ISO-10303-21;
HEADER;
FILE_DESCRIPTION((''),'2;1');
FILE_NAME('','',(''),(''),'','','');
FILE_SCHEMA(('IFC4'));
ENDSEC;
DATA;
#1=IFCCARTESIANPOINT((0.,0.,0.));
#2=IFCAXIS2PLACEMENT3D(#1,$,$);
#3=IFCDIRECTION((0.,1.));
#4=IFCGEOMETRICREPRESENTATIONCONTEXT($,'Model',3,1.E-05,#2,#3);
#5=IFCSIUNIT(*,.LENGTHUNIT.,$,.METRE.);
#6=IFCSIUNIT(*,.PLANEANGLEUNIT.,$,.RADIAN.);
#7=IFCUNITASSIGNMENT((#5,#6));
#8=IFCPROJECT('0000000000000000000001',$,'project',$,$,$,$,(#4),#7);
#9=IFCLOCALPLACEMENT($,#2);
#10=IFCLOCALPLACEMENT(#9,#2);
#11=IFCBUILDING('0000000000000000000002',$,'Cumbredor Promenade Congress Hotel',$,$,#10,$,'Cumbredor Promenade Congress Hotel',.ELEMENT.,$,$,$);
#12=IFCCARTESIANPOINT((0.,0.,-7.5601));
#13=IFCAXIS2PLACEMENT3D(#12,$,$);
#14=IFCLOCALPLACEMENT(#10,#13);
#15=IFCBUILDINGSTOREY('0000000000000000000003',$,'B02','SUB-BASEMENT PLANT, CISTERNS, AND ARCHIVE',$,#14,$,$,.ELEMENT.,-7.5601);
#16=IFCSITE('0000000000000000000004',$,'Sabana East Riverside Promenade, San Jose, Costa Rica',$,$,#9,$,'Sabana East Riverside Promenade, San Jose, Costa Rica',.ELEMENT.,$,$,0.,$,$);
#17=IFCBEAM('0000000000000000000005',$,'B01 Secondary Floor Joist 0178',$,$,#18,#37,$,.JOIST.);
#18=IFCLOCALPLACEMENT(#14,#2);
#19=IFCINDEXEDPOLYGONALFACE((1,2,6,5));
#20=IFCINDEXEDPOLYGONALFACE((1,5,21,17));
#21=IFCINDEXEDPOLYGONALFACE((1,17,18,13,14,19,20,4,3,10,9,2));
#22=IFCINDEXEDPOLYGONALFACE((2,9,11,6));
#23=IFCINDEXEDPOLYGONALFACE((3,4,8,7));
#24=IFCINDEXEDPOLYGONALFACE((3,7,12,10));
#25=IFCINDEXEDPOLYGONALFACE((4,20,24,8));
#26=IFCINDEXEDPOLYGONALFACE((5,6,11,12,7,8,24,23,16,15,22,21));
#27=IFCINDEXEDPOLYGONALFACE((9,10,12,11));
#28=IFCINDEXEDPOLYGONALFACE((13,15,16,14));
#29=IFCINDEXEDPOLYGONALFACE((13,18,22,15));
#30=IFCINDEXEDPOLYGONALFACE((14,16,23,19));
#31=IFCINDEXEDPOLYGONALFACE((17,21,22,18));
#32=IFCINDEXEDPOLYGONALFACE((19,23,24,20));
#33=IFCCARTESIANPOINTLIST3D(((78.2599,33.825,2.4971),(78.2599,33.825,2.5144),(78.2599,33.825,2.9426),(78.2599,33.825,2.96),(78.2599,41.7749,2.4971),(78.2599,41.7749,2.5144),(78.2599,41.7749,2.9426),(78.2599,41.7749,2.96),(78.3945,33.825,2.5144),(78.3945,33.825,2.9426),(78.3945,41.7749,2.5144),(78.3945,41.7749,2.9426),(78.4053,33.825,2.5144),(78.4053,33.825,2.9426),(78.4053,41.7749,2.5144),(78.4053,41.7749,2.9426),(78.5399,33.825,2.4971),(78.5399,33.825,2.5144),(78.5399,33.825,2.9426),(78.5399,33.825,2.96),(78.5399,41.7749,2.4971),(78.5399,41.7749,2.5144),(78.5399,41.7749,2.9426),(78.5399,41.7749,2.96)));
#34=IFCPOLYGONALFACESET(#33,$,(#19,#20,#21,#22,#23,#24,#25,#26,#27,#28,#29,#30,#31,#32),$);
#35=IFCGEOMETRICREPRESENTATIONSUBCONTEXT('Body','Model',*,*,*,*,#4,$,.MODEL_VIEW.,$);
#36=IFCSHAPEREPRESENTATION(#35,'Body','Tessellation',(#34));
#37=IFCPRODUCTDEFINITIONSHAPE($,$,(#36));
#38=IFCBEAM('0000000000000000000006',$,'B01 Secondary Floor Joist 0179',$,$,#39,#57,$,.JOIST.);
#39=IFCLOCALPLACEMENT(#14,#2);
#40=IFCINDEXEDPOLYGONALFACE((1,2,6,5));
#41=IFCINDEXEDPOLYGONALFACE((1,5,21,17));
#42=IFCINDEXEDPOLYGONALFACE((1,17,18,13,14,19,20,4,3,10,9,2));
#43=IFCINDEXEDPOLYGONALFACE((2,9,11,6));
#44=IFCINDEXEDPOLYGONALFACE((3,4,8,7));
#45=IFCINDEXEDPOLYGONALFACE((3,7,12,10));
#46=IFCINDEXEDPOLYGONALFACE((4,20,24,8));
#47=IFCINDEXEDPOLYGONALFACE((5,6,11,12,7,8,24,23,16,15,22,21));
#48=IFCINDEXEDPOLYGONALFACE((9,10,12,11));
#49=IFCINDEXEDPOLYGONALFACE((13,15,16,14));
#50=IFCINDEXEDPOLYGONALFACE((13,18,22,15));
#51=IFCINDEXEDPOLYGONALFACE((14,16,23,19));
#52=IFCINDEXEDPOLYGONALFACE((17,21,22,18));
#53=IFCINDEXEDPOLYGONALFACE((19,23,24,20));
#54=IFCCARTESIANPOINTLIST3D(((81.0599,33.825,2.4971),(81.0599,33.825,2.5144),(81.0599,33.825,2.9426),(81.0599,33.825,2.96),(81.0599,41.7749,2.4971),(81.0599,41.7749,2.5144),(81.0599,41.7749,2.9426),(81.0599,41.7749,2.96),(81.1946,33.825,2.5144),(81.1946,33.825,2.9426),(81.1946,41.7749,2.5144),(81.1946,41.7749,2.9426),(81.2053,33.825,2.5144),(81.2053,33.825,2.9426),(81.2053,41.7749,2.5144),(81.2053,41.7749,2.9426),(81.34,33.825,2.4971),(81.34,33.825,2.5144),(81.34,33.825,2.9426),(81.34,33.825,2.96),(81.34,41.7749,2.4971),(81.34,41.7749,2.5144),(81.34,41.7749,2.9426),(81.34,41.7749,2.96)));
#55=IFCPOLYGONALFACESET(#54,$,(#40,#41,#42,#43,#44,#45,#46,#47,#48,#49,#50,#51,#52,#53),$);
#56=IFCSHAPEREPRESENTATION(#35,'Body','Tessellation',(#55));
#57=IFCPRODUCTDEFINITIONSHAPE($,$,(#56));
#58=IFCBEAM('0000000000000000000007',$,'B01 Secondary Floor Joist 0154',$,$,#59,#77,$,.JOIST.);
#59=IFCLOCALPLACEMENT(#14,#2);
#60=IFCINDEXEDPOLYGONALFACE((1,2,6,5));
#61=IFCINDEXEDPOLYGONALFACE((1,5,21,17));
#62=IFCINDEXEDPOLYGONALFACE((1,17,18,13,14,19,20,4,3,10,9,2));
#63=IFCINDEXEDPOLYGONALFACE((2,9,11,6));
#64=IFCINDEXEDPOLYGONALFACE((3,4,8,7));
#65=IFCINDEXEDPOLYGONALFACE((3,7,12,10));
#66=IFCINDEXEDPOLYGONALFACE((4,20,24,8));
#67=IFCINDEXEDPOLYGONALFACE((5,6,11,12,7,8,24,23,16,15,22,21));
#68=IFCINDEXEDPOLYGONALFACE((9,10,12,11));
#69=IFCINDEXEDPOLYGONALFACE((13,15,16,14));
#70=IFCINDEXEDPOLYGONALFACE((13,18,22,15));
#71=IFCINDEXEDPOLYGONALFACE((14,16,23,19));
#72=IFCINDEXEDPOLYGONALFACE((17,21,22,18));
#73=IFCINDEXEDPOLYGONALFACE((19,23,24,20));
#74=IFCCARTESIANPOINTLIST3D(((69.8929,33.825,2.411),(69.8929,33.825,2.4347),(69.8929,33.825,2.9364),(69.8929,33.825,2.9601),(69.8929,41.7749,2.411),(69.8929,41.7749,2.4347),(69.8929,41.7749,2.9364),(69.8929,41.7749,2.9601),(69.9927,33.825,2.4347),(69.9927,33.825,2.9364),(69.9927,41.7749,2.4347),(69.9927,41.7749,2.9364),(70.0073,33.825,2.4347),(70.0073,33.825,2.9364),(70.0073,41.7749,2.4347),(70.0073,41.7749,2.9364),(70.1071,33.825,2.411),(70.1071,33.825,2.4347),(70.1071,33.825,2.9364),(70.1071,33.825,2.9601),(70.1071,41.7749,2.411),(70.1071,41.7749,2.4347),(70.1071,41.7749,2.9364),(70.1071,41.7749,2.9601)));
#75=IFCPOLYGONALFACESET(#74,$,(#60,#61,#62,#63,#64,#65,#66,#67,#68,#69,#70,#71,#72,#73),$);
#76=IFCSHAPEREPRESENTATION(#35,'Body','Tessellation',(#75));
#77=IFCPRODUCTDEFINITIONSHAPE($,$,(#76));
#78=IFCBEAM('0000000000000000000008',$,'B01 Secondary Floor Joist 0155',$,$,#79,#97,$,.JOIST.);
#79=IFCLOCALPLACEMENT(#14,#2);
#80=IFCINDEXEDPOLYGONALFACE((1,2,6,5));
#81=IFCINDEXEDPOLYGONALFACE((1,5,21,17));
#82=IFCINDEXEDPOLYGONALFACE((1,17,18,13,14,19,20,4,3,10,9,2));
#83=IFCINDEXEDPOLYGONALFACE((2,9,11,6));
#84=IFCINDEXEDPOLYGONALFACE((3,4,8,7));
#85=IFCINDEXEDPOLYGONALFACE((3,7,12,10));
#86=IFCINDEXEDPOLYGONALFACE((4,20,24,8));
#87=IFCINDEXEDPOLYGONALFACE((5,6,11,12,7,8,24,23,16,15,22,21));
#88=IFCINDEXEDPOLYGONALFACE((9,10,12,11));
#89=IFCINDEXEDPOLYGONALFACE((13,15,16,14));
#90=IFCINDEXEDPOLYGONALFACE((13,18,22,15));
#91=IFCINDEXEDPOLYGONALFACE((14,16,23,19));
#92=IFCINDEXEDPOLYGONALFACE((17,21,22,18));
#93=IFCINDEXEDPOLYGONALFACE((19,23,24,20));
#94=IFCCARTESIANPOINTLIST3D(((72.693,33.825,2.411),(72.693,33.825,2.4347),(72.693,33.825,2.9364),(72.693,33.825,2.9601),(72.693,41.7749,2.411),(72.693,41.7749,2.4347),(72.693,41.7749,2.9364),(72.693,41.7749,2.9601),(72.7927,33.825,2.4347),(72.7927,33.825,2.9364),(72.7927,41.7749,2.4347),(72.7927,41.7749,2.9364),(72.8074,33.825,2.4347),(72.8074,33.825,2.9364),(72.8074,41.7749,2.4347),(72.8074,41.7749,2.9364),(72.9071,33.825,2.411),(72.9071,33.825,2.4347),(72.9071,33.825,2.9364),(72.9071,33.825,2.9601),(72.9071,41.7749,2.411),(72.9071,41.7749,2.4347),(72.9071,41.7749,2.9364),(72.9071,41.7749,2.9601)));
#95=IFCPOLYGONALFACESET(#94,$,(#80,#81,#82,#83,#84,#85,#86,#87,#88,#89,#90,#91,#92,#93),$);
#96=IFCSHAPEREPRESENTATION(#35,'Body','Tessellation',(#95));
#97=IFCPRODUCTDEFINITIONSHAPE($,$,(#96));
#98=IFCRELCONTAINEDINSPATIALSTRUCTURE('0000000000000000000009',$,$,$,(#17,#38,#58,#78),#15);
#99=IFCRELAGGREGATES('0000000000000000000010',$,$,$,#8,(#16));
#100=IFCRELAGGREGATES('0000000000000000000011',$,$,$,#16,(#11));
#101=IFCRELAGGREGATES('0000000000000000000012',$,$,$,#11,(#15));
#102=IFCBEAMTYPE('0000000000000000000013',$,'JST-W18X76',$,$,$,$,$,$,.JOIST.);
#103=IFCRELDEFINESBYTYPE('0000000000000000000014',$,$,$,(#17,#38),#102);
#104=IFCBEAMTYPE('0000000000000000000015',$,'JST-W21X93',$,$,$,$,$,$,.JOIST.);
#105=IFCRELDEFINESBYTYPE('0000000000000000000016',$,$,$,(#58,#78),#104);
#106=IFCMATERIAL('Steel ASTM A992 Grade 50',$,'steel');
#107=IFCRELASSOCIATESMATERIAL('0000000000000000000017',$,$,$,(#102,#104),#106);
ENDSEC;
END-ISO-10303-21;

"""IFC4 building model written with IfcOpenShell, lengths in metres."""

from ifc_helpers import new_model, si_unit, direction, frame, origin, origin_2d, place, context, subcontext, project, spatial, i_section, extrude, material, material_profile, profile_set, type_object, element, save


model = new_model("IFC4")

# Units and contexts
model_context = context("Model", 3, precision=1e-05, world=origin(), true_north=direction((0.0, 1.0)))
body_context = subcontext(model_context, "Body", "Model", "MODEL_VIEW")
ifc_project = project(units=[si_unit("LENGTHUNIT", "METRE"), si_unit("PLANEANGLEUNIT", "RADIAN")], contexts=[model_context])

# Site, building, storey
site_placement = place(None, origin())
site = spatial("IfcSite", under=ifc_project, at=site_placement, Name="Sabana East Riverside Promenade, San Jose, Costa Rica", LongName="Sabana East Riverside Promenade, San Jose, Costa Rica", CompositionType="ELEMENT", RefElevation=0.0)
building_placement = place(site_placement, origin())
building = spatial("IfcBuilding", under=site, at=building_placement, Name="Cumbredor Promenade Congress Hotel", LongName="Cumbredor Promenade Congress Hotel", CompositionType="ELEMENT")
storey_placement = place(building_placement, frame((0.0, 0.0, -7.5601)))
storey = spatial("IfcBuildingStorey", under=building, at=storey_placement, Name="B02", Description="SUB-BASEMENT PLANT, CISTERNS, AND ARCHIVE", CompositionType="ELEMENT", Elevation=-7.5601)

# Beams
ifc_material_1 = material(Name="Steel ASTM A992 Grade 50", Category="steel")
ifc_material_profile_1 = material_profile(ifc_material_1, i_section(OverallWidth=0.28, OverallDepth=0.4629, WebThickness=0.0107, FlangeThickness=0.0173, at=origin_2d()), Name="W18X76")
ifc_profile_set_1 = profile_set([ifc_material_profile_1], Name="Steel ASTM A992 Grade 50")
beam_type_1 = type_object("IfcBeamType", Name="JST-W18X76", PredefinedType="JOIST", material=ifc_profile_set_1)
for number, where, z_axis, x_axis, name in (
    (1, (78.3999, 33.825, 2.7285), (0.0, 1.0, 0.0), (-1.0, 0.0, 0.0), "B01 Secondary Floor Joist 0178"),
    (2, (81.2, 33.825, 2.7285), (0.0, 1.0, 0.0), (-1.0, 0.0, 0.0), "B01 Secondary Floor Joist 0179"),
):
    element("IfcBeam", number, at=place(storey_placement, frame(where, z_axis=z_axis, x_axis=x_axis)), inside=storey, type_object=beam_type_1, Name=name, PredefinedType="JOIST", context=body_context, shape_type="SweptSolid", body=[
        extrude(i_section(OverallWidth=0.28, OverallDepth=0.4629, WebThickness=0.0107, FlangeThickness=0.0173, at=origin_2d()), origin(), (0.0, 0.0, 1.0), 7.95),
    ])
ifc_material_profile_2 = material_profile(ifc_material_1, i_section(OverallWidth=0.2141, OverallDepth=0.5491, WebThickness=0.0146, FlangeThickness=0.0237, at=origin_2d()), Name="W21X93")
ifc_profile_set_2 = profile_set([ifc_material_profile_2], Name="Steel ASTM A992 Grade 50")
beam_type_2 = type_object("IfcBeamType", Name="JST-W21X93", PredefinedType="JOIST", material=ifc_profile_set_2)
for number, where, z_axis, x_axis, name in (
    (3, (70.0, 33.825, 2.6855), (0.0, 1.0, 0.0), (-1.0, 0.0, 0.0), "B01 Secondary Floor Joist 0154"),
    (4, (72.8, 33.825, 2.6855), (0.0, 1.0, 0.0), (-1.0, 0.0, 0.0), "B01 Secondary Floor Joist 0155"),
):
    element("IfcBeam", number, at=place(storey_placement, frame(where, z_axis=z_axis, x_axis=x_axis)), inside=storey, type_object=beam_type_2, Name=name, PredefinedType="JOIST", context=body_context, shape_type="SweptSolid", body=[
        extrude(i_section(OverallWidth=0.2141, OverallDepth=0.5491, WebThickness=0.0146, FlangeThickness=0.0237, at=origin_2d()), origin(), (0.0, 0.0, 1.0), 7.95),
    ])

save(model, "model.ifc")
